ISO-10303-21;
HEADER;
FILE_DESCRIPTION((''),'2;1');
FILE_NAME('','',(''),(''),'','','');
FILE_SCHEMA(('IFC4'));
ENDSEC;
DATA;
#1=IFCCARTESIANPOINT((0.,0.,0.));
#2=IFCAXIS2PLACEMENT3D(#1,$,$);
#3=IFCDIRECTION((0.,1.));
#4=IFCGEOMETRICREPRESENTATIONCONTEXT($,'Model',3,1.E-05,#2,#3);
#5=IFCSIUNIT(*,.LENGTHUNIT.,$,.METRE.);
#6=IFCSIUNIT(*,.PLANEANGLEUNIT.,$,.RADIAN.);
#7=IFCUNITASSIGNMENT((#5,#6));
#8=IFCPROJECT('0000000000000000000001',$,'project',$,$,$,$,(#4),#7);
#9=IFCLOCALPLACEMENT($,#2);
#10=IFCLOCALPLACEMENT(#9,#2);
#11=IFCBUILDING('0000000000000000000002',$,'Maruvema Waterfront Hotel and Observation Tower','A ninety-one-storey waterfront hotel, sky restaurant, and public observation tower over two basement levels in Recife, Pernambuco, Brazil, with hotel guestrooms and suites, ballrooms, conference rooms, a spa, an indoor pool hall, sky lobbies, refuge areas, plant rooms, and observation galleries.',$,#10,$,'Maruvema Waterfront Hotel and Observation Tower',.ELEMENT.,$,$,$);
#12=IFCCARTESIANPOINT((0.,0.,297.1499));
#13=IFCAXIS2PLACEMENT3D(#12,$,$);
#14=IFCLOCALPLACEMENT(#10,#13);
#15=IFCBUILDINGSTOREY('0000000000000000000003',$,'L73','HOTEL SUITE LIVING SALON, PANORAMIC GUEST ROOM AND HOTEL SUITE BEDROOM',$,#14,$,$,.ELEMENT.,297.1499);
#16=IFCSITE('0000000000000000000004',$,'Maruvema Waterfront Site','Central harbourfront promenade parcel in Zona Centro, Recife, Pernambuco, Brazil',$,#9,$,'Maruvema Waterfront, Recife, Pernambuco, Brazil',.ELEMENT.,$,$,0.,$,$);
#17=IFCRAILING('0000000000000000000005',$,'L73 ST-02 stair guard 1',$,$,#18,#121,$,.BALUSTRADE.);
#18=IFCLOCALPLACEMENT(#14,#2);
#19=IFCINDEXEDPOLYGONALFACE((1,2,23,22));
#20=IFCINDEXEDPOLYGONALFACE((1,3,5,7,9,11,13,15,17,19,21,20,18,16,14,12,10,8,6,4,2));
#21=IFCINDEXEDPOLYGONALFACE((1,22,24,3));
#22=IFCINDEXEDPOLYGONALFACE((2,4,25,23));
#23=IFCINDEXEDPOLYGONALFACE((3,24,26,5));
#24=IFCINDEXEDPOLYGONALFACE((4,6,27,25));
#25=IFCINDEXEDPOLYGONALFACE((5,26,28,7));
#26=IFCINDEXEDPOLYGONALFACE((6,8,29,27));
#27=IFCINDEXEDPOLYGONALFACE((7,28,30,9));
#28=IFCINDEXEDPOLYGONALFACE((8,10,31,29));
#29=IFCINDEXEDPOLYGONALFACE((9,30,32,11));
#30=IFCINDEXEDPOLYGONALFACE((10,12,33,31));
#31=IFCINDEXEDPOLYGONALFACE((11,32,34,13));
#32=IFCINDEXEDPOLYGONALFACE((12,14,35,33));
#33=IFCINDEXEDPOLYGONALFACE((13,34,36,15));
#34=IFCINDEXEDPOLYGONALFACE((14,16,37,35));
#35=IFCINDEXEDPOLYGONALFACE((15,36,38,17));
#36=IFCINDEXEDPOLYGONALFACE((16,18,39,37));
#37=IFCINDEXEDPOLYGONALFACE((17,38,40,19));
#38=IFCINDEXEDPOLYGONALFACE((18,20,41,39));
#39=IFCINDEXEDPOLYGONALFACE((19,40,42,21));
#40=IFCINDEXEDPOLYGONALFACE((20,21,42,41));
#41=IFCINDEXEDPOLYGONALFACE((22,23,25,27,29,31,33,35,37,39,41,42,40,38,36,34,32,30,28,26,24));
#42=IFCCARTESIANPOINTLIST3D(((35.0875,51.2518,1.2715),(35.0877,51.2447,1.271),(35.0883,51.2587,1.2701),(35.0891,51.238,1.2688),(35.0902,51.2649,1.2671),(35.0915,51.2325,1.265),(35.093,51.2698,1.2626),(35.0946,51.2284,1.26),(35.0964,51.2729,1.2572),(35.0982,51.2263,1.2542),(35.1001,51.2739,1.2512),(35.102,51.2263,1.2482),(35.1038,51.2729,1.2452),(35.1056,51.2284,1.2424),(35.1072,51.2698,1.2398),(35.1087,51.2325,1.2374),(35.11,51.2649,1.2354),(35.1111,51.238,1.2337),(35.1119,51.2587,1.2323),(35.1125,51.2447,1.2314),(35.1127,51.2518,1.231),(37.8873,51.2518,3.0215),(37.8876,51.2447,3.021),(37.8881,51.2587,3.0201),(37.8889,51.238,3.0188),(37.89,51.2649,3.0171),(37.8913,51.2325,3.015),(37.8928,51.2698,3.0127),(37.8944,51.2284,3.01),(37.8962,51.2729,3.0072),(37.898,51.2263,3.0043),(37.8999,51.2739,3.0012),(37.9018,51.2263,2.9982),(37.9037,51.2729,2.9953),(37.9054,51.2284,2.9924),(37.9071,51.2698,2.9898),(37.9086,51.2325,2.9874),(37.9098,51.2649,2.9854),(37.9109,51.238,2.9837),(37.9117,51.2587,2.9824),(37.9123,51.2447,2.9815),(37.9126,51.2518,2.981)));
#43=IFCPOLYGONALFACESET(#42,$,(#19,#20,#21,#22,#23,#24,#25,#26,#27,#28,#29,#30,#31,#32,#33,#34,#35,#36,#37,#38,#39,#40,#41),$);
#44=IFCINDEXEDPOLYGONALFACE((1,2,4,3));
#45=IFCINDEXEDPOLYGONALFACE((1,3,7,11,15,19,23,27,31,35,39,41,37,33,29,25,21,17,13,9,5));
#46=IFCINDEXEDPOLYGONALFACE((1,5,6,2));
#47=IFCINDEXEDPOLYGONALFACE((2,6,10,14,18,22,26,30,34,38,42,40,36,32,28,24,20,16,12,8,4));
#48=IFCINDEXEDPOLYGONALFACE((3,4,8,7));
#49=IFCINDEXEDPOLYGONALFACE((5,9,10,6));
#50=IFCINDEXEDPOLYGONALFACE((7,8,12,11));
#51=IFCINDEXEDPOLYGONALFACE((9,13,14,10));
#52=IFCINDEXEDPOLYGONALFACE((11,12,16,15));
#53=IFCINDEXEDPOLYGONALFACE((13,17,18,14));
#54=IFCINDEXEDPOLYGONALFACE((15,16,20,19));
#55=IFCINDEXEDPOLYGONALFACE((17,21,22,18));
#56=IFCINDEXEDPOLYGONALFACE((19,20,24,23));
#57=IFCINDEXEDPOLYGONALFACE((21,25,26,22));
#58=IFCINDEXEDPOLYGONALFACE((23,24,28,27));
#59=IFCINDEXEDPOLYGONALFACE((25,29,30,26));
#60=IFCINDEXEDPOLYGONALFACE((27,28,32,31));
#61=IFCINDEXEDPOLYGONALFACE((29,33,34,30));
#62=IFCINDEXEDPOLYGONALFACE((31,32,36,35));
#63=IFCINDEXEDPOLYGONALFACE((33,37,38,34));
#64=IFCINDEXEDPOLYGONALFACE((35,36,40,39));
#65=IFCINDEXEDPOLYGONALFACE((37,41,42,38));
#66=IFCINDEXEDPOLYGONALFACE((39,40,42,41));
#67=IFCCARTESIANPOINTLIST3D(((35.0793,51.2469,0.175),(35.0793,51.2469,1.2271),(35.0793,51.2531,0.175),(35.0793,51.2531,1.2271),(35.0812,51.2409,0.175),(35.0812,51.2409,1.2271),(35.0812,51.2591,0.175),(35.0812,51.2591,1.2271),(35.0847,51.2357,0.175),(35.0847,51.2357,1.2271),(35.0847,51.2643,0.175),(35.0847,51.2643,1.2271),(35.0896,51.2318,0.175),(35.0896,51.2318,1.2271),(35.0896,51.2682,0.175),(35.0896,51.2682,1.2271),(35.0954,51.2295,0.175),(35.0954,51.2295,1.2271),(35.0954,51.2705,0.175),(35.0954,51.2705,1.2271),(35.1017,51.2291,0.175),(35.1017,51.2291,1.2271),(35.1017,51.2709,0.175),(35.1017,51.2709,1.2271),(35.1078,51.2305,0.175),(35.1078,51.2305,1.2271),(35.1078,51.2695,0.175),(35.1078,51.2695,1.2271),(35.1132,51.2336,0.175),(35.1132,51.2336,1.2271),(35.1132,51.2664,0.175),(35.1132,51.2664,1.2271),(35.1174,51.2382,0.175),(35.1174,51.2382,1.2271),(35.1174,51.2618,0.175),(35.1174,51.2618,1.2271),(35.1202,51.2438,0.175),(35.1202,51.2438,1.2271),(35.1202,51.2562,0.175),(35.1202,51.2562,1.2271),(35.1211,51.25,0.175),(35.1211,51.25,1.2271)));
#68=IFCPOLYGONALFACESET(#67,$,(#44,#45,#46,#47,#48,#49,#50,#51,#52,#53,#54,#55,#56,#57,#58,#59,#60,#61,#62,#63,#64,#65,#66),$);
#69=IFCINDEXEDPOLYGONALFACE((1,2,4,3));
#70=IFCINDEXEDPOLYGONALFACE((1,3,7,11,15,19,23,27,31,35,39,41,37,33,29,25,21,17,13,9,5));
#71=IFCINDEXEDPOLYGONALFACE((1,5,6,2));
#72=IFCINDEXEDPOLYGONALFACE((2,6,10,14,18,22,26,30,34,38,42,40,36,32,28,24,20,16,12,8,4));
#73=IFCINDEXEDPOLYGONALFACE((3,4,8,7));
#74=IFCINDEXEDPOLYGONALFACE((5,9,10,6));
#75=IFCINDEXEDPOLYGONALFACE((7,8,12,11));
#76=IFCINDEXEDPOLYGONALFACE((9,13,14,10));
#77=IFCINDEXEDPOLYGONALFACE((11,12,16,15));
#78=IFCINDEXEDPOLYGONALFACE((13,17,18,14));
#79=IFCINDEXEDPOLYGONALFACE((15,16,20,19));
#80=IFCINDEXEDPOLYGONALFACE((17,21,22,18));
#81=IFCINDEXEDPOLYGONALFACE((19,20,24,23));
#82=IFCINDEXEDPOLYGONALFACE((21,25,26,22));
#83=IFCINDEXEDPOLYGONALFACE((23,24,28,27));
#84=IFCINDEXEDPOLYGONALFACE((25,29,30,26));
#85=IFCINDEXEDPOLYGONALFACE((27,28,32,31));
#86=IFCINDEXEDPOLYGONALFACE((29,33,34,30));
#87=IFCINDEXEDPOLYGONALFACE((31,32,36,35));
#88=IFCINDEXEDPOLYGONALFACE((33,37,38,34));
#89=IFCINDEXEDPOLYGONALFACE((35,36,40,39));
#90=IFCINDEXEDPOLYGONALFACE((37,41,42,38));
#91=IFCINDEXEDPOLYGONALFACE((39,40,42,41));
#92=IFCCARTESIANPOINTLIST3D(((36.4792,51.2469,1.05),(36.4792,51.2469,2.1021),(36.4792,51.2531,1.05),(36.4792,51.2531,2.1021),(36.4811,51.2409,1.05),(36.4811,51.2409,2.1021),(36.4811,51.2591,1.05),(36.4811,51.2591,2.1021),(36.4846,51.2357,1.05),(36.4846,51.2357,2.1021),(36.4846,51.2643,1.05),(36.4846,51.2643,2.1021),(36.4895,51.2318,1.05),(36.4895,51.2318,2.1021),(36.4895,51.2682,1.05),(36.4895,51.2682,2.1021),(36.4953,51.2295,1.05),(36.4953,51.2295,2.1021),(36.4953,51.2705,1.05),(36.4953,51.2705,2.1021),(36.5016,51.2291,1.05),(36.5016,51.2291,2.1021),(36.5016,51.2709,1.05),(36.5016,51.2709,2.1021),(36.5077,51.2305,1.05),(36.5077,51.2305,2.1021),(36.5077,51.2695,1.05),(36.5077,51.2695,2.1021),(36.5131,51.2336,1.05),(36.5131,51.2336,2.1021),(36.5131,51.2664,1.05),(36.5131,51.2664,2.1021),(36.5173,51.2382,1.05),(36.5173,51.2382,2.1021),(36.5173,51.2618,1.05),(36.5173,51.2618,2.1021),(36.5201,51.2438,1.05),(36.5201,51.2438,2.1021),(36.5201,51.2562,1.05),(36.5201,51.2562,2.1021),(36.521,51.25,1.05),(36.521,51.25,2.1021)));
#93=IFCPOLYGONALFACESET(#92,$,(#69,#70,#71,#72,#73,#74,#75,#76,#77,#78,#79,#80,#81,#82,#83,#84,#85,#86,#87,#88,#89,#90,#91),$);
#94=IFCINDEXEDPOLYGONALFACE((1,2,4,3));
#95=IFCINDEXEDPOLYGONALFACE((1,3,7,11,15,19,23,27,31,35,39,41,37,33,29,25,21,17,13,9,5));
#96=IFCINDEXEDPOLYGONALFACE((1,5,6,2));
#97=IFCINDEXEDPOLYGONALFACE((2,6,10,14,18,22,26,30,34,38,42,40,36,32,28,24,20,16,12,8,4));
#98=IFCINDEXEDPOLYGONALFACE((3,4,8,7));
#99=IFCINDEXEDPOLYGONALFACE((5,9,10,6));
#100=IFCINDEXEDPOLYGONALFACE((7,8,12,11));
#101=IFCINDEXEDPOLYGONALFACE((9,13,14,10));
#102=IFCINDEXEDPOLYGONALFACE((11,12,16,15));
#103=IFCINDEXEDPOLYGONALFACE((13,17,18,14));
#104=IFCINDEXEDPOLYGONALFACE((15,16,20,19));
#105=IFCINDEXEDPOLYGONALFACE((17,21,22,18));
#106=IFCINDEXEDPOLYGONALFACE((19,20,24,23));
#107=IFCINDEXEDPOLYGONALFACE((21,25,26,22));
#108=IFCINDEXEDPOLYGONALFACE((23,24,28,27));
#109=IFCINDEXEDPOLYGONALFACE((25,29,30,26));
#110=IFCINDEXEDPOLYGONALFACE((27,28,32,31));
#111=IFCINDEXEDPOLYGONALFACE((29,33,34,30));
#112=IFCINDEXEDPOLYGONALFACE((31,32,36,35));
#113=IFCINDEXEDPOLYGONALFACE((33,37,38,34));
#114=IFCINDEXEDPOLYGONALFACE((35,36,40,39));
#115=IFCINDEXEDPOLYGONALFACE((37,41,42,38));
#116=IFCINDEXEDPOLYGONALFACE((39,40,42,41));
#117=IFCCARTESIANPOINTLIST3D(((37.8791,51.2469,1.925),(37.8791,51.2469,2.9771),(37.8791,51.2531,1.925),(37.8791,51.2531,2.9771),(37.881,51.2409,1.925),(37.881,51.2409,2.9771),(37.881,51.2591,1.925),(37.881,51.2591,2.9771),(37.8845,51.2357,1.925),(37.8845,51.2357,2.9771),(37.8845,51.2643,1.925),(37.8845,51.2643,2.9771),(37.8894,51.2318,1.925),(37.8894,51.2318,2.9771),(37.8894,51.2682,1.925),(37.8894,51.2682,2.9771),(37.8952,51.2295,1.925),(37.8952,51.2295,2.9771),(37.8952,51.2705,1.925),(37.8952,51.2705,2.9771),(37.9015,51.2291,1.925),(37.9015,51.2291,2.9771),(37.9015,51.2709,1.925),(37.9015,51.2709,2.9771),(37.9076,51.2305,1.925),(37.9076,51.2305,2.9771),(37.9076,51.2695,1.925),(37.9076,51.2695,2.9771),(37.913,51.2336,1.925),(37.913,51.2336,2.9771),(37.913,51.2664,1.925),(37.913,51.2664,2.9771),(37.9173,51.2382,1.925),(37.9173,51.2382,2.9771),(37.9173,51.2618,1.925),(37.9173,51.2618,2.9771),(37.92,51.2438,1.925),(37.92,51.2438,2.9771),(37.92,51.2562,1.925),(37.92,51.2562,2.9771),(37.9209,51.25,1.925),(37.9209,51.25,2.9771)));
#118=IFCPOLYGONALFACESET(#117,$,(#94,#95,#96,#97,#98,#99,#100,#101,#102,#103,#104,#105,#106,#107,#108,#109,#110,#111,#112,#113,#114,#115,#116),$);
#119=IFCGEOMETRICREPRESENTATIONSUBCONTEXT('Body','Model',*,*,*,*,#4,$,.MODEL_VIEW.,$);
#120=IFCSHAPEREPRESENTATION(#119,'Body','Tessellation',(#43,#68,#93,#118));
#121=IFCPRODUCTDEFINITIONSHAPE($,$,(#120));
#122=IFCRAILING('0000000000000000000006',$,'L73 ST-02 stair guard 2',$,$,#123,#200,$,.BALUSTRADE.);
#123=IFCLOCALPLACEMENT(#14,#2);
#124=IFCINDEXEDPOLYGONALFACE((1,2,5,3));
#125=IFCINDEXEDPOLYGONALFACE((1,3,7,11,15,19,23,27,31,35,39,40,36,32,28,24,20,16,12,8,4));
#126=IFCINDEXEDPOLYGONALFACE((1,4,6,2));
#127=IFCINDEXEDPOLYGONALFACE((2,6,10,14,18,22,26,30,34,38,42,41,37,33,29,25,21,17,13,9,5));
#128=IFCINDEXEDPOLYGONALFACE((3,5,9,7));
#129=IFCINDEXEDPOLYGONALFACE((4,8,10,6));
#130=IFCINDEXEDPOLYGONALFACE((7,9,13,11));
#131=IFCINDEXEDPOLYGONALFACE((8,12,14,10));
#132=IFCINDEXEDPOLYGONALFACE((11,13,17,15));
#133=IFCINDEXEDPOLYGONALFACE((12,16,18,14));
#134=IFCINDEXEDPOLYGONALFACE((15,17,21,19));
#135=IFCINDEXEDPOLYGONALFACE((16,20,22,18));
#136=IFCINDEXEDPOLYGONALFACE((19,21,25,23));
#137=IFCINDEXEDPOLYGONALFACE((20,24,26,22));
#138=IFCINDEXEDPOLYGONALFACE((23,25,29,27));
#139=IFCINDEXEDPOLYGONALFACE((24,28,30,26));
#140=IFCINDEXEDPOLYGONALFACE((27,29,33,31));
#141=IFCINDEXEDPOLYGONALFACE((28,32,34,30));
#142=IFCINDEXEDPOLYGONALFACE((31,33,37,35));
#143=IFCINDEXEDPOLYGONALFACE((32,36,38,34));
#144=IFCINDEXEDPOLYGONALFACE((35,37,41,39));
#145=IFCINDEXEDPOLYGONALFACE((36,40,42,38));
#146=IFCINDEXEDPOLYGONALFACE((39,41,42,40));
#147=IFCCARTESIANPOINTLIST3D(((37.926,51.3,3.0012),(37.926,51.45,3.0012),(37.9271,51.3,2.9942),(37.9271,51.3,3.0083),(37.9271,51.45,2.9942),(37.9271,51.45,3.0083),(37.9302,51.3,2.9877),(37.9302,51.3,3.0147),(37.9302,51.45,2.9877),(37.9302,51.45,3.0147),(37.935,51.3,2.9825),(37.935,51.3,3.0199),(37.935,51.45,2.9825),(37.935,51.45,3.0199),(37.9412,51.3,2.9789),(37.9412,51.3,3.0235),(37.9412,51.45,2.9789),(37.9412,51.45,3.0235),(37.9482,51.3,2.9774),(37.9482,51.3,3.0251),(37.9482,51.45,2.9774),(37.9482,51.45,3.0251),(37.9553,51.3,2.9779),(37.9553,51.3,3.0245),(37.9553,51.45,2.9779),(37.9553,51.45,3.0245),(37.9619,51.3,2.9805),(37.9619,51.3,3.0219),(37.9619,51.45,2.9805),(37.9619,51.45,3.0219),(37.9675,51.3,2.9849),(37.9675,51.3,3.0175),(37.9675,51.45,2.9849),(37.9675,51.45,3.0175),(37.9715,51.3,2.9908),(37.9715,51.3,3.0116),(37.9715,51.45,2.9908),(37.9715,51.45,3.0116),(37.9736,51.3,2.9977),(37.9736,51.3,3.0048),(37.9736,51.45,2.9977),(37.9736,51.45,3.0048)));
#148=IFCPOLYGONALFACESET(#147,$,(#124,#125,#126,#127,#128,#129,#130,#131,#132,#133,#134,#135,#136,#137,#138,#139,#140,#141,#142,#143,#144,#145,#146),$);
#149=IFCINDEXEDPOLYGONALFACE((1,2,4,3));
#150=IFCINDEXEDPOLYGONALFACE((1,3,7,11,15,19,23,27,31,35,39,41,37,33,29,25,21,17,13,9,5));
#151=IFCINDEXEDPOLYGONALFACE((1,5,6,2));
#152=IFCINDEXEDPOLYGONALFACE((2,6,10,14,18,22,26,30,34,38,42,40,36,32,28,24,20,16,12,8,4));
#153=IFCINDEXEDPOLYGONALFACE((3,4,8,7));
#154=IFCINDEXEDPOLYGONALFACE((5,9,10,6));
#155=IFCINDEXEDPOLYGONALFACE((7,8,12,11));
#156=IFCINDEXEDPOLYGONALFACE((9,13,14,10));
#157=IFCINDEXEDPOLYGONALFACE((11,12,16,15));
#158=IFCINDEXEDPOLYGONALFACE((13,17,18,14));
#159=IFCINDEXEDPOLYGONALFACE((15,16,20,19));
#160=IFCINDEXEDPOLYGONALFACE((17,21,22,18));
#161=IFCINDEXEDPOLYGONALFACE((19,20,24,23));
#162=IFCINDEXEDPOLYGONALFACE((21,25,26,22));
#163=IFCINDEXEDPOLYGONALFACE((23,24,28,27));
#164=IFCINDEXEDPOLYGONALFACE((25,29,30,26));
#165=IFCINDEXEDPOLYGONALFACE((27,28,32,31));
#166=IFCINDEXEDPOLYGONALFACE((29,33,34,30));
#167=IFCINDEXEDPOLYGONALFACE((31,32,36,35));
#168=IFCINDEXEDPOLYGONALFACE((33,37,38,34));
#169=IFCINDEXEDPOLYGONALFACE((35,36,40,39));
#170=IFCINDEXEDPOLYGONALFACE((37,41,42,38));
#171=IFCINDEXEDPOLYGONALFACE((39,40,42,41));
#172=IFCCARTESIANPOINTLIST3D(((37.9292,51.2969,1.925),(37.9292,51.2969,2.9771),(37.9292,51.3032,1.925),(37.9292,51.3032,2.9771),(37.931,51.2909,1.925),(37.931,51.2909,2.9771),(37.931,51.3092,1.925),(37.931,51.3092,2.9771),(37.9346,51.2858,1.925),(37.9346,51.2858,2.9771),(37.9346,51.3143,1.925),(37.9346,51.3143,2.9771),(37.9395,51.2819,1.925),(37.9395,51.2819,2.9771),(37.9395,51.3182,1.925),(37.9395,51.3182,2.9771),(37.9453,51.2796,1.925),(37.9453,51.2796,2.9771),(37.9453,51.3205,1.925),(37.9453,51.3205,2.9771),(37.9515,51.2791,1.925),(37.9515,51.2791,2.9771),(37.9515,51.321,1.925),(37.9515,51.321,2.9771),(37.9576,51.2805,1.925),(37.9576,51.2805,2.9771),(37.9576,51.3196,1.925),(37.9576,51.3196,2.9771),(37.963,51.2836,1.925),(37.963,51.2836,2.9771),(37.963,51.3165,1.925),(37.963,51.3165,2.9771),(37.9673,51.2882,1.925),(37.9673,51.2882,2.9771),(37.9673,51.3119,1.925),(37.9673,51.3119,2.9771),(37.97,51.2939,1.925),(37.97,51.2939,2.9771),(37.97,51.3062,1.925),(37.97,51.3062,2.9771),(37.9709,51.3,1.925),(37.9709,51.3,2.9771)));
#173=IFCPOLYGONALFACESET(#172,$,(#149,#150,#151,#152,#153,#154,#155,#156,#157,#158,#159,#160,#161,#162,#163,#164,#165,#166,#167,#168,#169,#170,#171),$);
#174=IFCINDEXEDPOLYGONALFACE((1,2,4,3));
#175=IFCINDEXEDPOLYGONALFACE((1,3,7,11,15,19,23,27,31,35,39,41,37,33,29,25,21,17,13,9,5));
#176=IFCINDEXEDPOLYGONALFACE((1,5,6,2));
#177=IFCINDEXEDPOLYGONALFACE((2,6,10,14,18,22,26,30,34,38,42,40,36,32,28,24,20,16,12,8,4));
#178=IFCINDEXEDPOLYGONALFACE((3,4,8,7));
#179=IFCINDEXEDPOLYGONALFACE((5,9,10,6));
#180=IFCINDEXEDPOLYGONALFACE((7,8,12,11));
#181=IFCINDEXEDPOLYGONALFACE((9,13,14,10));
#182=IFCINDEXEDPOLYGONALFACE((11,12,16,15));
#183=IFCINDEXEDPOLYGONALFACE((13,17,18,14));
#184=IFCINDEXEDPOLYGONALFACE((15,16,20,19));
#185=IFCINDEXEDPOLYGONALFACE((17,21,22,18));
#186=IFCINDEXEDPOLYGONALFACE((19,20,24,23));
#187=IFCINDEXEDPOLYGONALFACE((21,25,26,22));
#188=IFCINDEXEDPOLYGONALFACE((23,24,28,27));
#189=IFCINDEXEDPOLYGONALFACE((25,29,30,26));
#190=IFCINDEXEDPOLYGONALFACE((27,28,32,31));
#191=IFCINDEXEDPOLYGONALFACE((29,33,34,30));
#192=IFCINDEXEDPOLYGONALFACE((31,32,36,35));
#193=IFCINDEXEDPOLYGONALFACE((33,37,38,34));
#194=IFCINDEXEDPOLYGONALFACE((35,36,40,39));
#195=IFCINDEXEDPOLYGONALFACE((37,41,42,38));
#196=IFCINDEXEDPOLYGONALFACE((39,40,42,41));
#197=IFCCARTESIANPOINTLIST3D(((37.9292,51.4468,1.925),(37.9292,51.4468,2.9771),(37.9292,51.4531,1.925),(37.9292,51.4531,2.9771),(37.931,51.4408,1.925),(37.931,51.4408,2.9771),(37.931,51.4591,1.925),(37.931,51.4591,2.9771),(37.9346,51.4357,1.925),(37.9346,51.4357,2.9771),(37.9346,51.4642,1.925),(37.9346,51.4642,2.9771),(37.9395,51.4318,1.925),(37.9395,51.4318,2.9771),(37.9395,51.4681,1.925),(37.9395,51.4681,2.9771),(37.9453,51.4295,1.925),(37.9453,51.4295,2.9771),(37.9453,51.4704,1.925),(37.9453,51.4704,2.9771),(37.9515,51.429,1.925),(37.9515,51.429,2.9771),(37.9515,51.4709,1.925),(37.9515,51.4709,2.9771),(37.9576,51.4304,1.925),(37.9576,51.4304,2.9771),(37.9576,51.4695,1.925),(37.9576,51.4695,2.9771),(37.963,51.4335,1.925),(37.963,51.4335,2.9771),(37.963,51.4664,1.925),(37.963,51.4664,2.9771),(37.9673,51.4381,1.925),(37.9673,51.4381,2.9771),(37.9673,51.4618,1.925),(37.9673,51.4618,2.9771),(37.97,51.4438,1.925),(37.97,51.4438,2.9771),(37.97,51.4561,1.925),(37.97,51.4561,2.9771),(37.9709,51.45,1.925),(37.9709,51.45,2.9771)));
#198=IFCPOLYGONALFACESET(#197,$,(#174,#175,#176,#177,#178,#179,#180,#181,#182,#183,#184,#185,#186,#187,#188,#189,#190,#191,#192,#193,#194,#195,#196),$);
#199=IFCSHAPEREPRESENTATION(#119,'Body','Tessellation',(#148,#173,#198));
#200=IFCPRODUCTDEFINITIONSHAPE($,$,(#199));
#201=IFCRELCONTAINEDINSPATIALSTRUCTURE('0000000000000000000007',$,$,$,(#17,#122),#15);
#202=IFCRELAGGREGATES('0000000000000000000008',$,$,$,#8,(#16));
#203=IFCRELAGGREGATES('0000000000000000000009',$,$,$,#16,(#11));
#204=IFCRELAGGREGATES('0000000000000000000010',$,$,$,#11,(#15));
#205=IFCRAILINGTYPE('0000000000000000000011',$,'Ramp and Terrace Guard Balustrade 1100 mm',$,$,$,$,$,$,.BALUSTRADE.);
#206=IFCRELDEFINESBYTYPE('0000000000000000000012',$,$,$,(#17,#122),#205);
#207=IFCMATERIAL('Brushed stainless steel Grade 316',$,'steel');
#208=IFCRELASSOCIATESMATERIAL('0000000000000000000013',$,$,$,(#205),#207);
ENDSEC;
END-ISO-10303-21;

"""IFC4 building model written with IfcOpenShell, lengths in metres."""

from ifc_helpers import new_model, si_unit, direction, frame, origin, origin_2d, place, context, subcontext, project, spatial, circle, extrude, material, type_object, element, save


model = new_model("IFC4")

# Units and contexts
model_context = context("Model", 3, precision=1e-05, world=origin(), true_north=direction((0.0, 1.0)))
body_context = subcontext(model_context, "Body", "Model", "MODEL_VIEW")
ifc_project = project(units=[si_unit("LENGTHUNIT", "METRE"), si_unit("PLANEANGLEUNIT", "RADIAN")], contexts=[model_context])

# Site, building, storey
site_placement = place(None, origin())
site = spatial("IfcSite", under=ifc_project, at=site_placement, Name="Maruvema Waterfront Site", Description="Central harbourfront promenade parcel in Zona Centro, Recife, Pernambuco, Brazil", LongName="Maruvema Waterfront, Recife, Pernambuco, Brazil", CompositionType="ELEMENT", RefElevation=0.0)
building_placement = place(site_placement, origin())
building = spatial("IfcBuilding", under=site, at=building_placement, Name="Maruvema Waterfront Hotel and Observation Tower", Description="A ninety-one-storey waterfront hotel, sky restaurant, and public observation tower over two basement levels in Recife, Pernambuco, Brazil, with hotel guestrooms and suites, ballrooms, conference rooms, a spa, an indoor pool hall, sky lobbies, refuge areas, plant rooms, and observation galleries.", LongName="Maruvema Waterfront Hotel and Observation Tower", CompositionType="ELEMENT")
storey_placement = place(building_placement, frame((0.0, 0.0, 297.1499)))
storey = spatial("IfcBuildingStorey", under=building, at=storey_placement, Name="L73", Description="HOTEL SUITE LIVING SALON, PANORAMIC GUEST ROOM AND HOTEL SUITE BEDROOM", CompositionType="ELEMENT", Elevation=297.1499)

# Railings
ifc_material_1 = material(Name="Brushed stainless steel Grade 316", Category="steel")
railing_type_1 = type_object("IfcRailingType", Name="Ramp and Terrace Guard Balustrade 1100 mm", PredefinedType="BALUSTRADE", material=ifc_material_1)
railing_1_placement = place(storey_placement, frame((35.1001, 51.25, 0.175)))
element("IfcRailing", 1, at=railing_1_placement, inside=storey, type_object=railing_type_1, Name="L73 ST-02 stair guard 1", PredefinedType="BALUSTRADE", context=body_context, shape_type="SweptSolid", body=[
    extrude(circle(Radius=0.0239, at=origin_2d()), frame((0.0, 0.0, 1.0762), z_axis=(0.847982, 0.0, 0.530026), x_axis=(0.0, 1.0, 0.0)), (0.0, 0.0, 1.0), 3.3018),
    extrude(circle(Radius=0.021, at=origin_2d()), origin(), (0.0, 0.0, 1.0), 1.052),
    extrude(circle(Radius=0.021, at=origin_2d()), frame((1.3999, 0.0, 0.875)), (0.0, 0.0, 1.0), 1.052),
    extrude(circle(Radius=0.021, at=origin_2d()), frame((2.7998, 0.0, 1.75)), (0.0, 0.0, 1.0), 1.052),
])
railing_2_placement = place(storey_placement, frame((37.95, 51.3, 1.925)))
element("IfcRailing", 2, at=railing_2_placement, inside=storey, type_object=railing_type_1, Name="L73 ST-02 stair guard 2", PredefinedType="BALUSTRADE", context=body_context, shape_type="SweptSolid", body=[
    extrude(circle(Radius=0.0239, at=origin_2d()), frame((0.0, 0.0, 1.0762), z_axis=(0.0, 1.0, 0.0), x_axis=(-1.0, 0.0, 0.0)), (0.0, 0.0, 1.0), 0.1499),
    extrude(circle(Radius=0.021, at=origin_2d()), origin(), (0.0, 0.0, 1.0), 1.052),
    extrude(circle(Radius=0.021, at=origin_2d()), frame((0.0, 0.1499, 0.0)), (0.0, 0.0, 1.0), 1.052),
])

save(model, "model.ifc")
